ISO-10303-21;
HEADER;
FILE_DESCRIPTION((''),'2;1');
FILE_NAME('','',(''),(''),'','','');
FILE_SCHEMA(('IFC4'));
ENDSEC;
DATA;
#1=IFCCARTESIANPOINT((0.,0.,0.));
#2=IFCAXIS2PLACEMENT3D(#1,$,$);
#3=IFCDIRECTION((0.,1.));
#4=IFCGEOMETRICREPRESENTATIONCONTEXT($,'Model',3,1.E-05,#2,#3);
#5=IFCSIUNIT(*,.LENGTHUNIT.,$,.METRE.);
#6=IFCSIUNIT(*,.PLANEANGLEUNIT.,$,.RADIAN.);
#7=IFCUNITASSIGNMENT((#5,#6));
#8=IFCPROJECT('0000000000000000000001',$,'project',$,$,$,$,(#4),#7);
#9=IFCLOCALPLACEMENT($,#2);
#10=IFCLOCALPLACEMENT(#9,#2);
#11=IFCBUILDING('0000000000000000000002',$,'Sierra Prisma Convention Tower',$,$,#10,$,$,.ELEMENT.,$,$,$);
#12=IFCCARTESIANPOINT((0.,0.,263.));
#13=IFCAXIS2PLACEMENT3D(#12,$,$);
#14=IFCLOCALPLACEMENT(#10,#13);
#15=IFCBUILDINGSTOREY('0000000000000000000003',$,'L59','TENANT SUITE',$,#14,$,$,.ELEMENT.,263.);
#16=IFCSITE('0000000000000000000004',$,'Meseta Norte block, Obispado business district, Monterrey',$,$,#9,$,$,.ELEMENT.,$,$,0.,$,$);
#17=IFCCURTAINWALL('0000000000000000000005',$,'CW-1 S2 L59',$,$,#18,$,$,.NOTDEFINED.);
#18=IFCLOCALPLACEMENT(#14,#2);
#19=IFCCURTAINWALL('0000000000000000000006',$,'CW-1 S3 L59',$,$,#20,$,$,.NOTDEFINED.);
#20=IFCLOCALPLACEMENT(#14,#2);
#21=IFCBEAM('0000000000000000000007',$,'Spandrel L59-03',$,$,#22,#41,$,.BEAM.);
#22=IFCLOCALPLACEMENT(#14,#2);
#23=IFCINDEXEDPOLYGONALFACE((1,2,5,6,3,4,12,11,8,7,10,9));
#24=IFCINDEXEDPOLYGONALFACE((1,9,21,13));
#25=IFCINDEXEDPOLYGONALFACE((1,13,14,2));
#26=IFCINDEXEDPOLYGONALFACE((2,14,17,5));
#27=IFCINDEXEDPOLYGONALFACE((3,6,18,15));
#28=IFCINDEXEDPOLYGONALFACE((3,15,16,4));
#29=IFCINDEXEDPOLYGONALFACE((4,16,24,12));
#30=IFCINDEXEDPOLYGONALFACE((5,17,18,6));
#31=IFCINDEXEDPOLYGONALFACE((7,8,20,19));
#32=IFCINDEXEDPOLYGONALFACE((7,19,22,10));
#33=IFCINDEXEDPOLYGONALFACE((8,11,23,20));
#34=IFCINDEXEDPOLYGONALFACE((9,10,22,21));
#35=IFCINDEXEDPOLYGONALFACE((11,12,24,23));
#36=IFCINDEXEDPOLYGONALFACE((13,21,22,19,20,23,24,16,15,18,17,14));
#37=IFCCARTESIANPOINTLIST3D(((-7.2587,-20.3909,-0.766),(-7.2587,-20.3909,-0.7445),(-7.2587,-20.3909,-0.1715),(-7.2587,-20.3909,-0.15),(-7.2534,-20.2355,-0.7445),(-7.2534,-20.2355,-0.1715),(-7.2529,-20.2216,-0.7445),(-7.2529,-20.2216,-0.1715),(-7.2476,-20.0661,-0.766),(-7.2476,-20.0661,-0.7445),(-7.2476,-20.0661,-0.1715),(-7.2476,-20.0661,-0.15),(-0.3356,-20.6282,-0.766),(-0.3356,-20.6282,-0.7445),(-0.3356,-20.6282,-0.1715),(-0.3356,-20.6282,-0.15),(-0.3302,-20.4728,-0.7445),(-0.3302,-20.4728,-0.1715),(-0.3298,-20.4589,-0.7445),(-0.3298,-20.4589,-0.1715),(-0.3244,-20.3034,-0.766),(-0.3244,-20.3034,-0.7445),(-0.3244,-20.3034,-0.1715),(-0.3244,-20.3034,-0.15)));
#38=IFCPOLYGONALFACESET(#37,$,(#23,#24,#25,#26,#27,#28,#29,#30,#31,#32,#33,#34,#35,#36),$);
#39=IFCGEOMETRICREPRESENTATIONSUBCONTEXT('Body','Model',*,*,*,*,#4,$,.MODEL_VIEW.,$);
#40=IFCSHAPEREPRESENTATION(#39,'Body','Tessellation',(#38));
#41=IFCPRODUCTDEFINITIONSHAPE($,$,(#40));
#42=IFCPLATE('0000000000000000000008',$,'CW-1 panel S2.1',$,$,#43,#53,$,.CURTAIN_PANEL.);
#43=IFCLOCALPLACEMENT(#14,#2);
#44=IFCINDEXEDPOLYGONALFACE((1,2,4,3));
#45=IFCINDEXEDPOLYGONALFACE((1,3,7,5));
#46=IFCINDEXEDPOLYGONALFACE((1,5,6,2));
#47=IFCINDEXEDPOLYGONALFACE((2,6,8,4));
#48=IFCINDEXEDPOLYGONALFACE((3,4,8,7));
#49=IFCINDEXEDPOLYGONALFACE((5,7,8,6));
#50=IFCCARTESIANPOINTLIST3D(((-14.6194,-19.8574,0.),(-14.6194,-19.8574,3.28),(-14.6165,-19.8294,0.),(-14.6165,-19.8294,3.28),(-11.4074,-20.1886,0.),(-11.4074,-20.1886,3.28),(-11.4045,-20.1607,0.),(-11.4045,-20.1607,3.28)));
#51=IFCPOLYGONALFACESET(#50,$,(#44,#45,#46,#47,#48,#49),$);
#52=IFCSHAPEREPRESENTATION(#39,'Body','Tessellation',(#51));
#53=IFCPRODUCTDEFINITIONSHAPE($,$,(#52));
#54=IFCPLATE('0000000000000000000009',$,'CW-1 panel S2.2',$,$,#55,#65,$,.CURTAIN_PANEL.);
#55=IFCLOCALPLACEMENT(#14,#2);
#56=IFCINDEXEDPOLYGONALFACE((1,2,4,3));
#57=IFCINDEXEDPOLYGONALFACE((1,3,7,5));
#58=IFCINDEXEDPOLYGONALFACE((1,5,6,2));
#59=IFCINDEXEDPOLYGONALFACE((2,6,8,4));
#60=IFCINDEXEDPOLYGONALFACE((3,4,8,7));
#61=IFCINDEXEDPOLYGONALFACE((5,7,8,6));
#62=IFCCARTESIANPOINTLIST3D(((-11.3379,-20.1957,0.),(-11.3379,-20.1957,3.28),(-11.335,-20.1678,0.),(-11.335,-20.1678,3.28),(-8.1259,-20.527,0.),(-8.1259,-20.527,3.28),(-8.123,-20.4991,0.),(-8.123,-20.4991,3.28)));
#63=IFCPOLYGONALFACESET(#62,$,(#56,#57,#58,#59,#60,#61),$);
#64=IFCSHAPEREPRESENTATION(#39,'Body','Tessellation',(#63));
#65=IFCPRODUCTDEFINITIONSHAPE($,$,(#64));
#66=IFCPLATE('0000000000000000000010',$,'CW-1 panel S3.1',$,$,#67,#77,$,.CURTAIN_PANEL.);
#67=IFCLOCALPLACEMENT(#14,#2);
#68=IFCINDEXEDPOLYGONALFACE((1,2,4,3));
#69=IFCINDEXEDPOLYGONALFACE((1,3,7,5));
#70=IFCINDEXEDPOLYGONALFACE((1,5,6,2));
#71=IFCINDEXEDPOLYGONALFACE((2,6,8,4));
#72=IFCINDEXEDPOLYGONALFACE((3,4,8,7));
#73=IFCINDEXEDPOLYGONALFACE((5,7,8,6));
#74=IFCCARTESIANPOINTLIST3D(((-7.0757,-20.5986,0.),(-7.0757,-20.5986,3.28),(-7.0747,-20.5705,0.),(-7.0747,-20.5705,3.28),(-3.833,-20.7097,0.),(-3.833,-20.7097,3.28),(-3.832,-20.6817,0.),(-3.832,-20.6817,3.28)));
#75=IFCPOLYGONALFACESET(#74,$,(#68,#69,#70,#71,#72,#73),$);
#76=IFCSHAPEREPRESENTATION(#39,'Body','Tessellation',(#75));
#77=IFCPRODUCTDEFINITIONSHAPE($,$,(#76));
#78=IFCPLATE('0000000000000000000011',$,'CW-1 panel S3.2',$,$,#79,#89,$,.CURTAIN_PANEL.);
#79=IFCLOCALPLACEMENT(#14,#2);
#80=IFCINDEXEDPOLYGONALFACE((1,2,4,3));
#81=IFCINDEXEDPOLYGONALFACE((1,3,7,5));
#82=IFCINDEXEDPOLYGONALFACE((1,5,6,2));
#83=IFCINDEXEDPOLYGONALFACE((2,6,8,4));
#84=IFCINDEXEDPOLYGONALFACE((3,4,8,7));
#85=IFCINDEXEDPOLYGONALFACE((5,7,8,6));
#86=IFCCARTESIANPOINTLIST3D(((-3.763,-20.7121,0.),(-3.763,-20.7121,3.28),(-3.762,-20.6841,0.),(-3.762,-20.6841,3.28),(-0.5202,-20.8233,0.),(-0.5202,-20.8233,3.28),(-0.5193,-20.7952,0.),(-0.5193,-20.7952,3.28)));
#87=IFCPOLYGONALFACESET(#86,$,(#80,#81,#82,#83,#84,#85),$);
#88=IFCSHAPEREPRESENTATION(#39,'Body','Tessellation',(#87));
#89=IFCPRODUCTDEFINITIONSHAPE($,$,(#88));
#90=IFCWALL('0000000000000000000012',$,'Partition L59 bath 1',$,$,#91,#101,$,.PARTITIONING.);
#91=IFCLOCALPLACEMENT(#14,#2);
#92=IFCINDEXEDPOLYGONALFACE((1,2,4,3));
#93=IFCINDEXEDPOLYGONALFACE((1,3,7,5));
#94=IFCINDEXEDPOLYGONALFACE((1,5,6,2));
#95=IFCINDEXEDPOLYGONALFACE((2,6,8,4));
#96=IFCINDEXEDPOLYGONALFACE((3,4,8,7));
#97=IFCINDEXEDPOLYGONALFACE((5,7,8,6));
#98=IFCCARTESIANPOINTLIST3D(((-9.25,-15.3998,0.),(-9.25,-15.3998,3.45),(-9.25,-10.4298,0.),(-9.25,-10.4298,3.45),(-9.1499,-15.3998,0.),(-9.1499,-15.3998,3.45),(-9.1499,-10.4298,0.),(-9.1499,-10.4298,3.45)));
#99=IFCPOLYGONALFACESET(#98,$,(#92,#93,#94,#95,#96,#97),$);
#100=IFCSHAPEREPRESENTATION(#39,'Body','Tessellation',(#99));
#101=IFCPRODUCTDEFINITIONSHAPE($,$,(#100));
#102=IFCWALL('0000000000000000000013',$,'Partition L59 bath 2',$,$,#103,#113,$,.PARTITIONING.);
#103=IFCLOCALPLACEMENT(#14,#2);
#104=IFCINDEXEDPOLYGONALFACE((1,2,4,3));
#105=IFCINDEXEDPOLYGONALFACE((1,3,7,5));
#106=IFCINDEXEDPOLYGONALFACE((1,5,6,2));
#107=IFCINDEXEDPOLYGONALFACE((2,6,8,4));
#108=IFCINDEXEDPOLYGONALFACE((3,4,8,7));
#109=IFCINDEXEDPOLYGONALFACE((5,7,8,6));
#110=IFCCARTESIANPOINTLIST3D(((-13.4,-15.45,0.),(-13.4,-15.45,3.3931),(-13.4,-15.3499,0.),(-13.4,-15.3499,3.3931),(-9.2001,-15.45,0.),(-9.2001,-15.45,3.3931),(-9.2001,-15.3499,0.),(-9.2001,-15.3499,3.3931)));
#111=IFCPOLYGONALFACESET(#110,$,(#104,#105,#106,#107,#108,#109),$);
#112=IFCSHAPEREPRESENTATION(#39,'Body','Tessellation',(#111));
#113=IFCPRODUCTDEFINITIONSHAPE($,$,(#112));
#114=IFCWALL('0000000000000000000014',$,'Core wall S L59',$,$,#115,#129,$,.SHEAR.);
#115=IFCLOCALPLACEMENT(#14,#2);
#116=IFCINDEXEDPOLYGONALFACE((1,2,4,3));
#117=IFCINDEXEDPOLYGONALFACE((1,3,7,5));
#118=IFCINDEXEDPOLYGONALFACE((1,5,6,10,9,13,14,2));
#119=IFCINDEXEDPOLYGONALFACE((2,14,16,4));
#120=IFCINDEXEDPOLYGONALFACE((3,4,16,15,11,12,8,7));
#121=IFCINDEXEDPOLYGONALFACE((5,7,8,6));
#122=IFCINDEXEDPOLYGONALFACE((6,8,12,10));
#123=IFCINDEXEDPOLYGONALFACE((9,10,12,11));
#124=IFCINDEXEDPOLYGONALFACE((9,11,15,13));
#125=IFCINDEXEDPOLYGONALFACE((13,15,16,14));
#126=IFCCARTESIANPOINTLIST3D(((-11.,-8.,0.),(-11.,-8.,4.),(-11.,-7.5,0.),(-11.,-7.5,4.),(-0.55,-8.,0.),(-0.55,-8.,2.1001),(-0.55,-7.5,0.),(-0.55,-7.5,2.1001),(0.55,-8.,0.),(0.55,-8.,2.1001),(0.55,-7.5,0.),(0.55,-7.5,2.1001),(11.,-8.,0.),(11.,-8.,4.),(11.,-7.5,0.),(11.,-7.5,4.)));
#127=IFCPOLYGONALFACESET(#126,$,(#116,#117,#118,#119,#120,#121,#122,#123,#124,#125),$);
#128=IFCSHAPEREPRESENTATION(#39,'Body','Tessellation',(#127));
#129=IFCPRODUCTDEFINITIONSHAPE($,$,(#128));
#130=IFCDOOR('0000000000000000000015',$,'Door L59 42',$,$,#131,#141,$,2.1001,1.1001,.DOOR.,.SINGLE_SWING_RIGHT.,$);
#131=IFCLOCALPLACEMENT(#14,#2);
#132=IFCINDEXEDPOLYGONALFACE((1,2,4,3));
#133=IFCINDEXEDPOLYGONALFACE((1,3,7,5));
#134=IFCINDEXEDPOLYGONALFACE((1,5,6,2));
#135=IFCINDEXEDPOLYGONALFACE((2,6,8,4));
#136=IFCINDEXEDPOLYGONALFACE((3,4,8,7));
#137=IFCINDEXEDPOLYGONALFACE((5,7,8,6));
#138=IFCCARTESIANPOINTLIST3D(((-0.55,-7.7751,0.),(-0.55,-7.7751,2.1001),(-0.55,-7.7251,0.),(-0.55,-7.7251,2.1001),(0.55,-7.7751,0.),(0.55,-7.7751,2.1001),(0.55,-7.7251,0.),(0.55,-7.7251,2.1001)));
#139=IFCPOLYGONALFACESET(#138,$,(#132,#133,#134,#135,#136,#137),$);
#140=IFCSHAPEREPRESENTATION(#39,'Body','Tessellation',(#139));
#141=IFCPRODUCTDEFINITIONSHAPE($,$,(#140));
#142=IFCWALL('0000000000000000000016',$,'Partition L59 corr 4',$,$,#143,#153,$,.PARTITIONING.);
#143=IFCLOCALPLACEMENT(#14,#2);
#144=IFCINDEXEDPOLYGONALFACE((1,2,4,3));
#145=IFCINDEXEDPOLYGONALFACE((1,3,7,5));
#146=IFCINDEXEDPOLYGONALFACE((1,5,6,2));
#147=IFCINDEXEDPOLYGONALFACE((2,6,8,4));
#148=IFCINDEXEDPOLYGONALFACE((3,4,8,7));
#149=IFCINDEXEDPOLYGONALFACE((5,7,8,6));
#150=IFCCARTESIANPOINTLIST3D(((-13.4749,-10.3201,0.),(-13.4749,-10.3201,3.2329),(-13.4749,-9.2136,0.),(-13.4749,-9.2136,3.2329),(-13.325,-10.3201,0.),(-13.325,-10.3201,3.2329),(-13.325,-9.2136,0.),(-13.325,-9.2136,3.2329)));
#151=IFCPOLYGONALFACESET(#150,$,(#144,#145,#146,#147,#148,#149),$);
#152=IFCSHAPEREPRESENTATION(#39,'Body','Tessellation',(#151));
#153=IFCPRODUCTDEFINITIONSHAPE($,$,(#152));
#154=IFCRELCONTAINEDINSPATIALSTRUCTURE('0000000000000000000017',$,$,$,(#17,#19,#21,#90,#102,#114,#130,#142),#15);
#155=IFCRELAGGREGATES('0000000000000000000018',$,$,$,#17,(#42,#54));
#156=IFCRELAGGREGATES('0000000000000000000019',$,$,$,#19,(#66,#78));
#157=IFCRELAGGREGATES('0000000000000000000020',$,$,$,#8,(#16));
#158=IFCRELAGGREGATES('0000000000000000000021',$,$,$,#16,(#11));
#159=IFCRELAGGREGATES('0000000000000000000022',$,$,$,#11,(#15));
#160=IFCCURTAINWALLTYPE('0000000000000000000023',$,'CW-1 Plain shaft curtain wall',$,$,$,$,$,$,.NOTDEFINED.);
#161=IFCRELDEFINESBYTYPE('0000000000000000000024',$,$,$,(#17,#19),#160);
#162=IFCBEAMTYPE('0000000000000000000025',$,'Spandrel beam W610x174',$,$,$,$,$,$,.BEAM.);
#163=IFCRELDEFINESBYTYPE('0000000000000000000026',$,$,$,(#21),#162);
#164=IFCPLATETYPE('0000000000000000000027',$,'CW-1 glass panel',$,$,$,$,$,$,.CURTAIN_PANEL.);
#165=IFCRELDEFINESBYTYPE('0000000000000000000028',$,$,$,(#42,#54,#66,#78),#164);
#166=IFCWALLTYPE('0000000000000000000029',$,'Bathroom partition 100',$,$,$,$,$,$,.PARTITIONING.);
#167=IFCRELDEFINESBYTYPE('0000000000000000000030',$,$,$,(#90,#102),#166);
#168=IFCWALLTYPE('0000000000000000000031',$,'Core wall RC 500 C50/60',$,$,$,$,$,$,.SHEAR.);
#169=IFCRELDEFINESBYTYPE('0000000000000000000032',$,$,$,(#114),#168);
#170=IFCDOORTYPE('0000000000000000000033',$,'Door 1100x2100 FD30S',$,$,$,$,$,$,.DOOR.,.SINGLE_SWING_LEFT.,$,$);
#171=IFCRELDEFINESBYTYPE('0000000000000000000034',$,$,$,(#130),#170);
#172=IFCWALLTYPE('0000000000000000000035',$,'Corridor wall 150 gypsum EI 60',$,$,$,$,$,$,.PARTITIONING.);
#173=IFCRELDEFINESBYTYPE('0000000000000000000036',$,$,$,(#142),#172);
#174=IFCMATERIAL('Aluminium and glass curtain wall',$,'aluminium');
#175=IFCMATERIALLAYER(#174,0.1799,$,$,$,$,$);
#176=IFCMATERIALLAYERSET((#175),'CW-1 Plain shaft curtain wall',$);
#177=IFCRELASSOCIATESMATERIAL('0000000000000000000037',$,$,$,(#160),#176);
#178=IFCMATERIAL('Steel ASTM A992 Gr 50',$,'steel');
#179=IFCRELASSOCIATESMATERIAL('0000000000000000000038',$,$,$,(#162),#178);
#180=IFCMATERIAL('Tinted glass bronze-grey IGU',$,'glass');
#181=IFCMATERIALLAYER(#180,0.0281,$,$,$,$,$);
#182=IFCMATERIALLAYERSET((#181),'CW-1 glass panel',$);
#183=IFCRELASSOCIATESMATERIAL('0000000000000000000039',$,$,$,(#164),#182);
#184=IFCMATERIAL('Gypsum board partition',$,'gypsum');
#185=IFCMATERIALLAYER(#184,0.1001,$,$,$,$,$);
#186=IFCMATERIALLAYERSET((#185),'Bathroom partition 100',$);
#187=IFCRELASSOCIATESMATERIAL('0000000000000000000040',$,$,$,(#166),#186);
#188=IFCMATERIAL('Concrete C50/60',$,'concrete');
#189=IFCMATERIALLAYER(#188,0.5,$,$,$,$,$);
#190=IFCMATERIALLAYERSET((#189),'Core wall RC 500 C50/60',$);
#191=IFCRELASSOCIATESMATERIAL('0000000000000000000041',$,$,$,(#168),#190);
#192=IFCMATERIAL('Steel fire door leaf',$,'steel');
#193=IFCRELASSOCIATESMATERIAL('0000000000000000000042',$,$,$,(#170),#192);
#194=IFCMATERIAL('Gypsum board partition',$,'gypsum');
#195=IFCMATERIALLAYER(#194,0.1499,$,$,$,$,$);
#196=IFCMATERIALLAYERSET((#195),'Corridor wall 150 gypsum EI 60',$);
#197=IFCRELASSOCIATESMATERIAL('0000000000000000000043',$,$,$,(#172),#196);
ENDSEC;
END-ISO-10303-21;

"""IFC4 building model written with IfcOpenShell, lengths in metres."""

from ifc_helpers import new_model, si_unit, direction, frame, frame_2d, origin, origin_2d, place, context, subcontext, project, spatial, rectangle, i_section, extrude, material, layer, layer_set, material_profile, profile_set, type_object, element, fill, aggregate, save


model = new_model("IFC4")

# Units and contexts
model_context = context("Model", 3, precision=1e-05, world=origin(), true_north=direction((0.0, 1.0)))
body_context = subcontext(model_context, "Body", "Model", "MODEL_VIEW")
ifc_project = project(units=[si_unit("LENGTHUNIT", "METRE"), si_unit("PLANEANGLEUNIT", "RADIAN")], contexts=[model_context])

# Site, building, storey
site_placement = place(None, origin())
site = spatial("IfcSite", under=ifc_project, at=site_placement, Name="Meseta Norte block, Obispado business district, Monterrey", CompositionType="ELEMENT", RefElevation=0.0)
building_placement = place(site_placement, origin())
building = spatial("IfcBuilding", under=site, at=building_placement, Name="Sierra Prisma Convention Tower", CompositionType="ELEMENT")
storey_placement = place(building_placement, frame((0.0, 0.0, 263.0)))
storey = spatial("IfcBuildingStorey", under=building, at=storey_placement, Name="L59", Description="TENANT SUITE", CompositionType="ELEMENT", Elevation=263.0)

# Curtain wall
ifc_material_1 = material(Name="Aluminium and glass curtain wall", Category="aluminium")
ifc_layer_1 = layer(ifc_material_1, 0.1799)
ifc_layer_set_1 = layer_set([ifc_layer_1], Name="CW-1 Plain shaft curtain wall")
curtain_wall_type = type_object("IfcCurtainWallType", Name="CW-1 Plain shaft curtain wall", PredefinedType="NOTDEFINED", material=ifc_layer_set_1)
curtain_wall_1_placement = place(storey_placement, origin())
curtain_wall_1 = element("IfcCurtainWall", 1, at=curtain_wall_1_placement, inside=storey, type_object=curtain_wall_type, Name="CW-1 S2 L59", PredefinedType="NOTDEFINED")

# Curtain wall
curtain_wall_2_placement = place(storey_placement, origin())
curtain_wall_2 = element("IfcCurtainWall", 2, at=curtain_wall_2_placement, inside=storey, type_object=curtain_wall_type, Name="CW-1 S3 L59", PredefinedType="NOTDEFINED")

# Beam
ifc_material_2 = material(Name="Steel ASTM A992 Gr 50", Category="steel")
ifc_material_profile_1 = material_profile(ifc_material_2, i_section(OverallWidth=0.325, OverallDepth=0.616, WebThickness=0.0139, FlangeThickness=0.0215, at=origin_2d()), Name="W610x174")
ifc_profile_set_1 = profile_set([ifc_material_profile_1], Name="Steel ASTM A992 Gr 50")
beam_type_1 = type_object("IfcBeamType", Name="Spandrel beam W610x174", PredefinedType="BEAM", material=ifc_profile_set_1)
beam_1_placement = place(storey_placement, frame((-7.2532, -20.2285, -0.458), z_axis=(0.999413, -0.034257, 0.0), x_axis=(0.034257, 0.999413, 0.0)))
element("IfcBeam", 3, at=beam_1_placement, inside=storey, type_object=beam_type_1, Name="Spandrel L59-03", PredefinedType="BEAM", context=body_context, shape_type="SweptSolid", body=[
    extrude(i_section(OverallWidth=0.325, OverallDepth=0.616, WebThickness=0.0139, FlangeThickness=0.0215, at=origin_2d()), origin(), (0.0, 0.0, 1.0), 6.9272),
])

# Plates
ifc_material_3 = material(Name="Tinted glass bronze-grey IGU", Category="glass")
ifc_layer_2 = layer(ifc_material_3, 0.0281)
ifc_layer_set_2 = layer_set([ifc_layer_2], Name="CW-1 glass panel")
plate_type = type_object("IfcPlateType", Name="CW-1 glass panel", PredefinedType="CURTAIN_PANEL", material=ifc_layer_set_2)
plate_1_placement = place(storey_placement, frame((-13.012, -20.009, 0.0), z_axis=(0.0, 0.0, 1.0), x_axis=(0.994723, -0.102598, 0.0)))
plate_1 = element("IfcPlate", 4, at=plate_1_placement, type_object=plate_type, Name="CW-1 panel S2.1", PredefinedType="CURTAIN_PANEL", context=body_context, shape_type="SweptSolid", body=[
    extrude(rectangle(XDim=3.229, YDim=0.0281, at=origin_2d()), origin(), (0.0, 0.0, 1.0), 3.28),
])
plate_2_placement = place(storey_placement, frame((-9.7305, -20.3474, 0.0), z_axis=(0.0, 0.0, 1.0), x_axis=(0.994723, -0.102598, 0.0)))
plate_2 = element("IfcPlate", 5, at=plate_2_placement, type_object=plate_type, Name="CW-1 panel S2.2", PredefinedType="CURTAIN_PANEL", context=body_context, shape_type="SweptSolid", body=[
    extrude(rectangle(XDim=3.229, YDim=0.0281, at=origin_2d()), origin(), (0.0, 0.0, 1.0), 3.28),
])
aggregate(curtain_wall_1, [plate_1, plate_2])
plate_3_placement = place(storey_placement, frame((-5.4539, -20.6401, 0.0), z_axis=(0.0, 0.0, 1.0), x_axis=(0.999413, -0.034253, 0.0)))
plate_3 = element("IfcPlate", 6, at=plate_3_placement, type_object=plate_type, Name="CW-1 panel S3.1", PredefinedType="CURTAIN_PANEL", context=body_context, shape_type="SweptSolid", body=[
    extrude(rectangle(XDim=3.2446, YDim=0.0281, at=origin_2d()), origin(), (0.0, 0.0, 1.0), 3.28),
])
plate_4_placement = place(storey_placement, frame((-2.1411, -20.7537, 0.0), z_axis=(0.0, 0.0, 1.0), x_axis=(0.999413, -0.034253, 0.0)))
plate_4 = element("IfcPlate", 7, at=plate_4_placement, type_object=plate_type, Name="CW-1 panel S3.2", PredefinedType="CURTAIN_PANEL", context=body_context, shape_type="SweptSolid", body=[
    extrude(rectangle(XDim=3.2446, YDim=0.0281, at=origin_2d()), origin(), (0.0, 0.0, 1.0), 3.28),
])
aggregate(curtain_wall_2, [plate_3, plate_4])

# Walls
ifc_material_4 = material(Name="Gypsum board partition", Category="gypsum")
ifc_layer_3 = layer(ifc_material_4, 0.1001)
ifc_layer_set_3 = layer_set([ifc_layer_3], Name="Bathroom partition 100")
wall_type_1 = type_object("IfcWallType", Name="Bathroom partition 100", PredefinedType="PARTITIONING", material=ifc_layer_set_3)
wall_1_placement = place(storey_placement, frame((-9.2, -10.4299, 0.0), z_axis=(0.0, 0.0, 1.0), x_axis=(0.0, -1.0, 0.0)))
element("IfcWall", 8, at=wall_1_placement, inside=storey, type_object=wall_type_1, Name="Partition L59 bath 1", PredefinedType="PARTITIONING", context=body_context, shape_type="SweptSolid", body=[
    extrude(rectangle(XDim=4.97, YDim=0.1001, at=frame_2d((2.4849, 0.0))), origin(), (0.0, 0.0, 1.0), 3.45),
])
wall_2_placement = place(storey_placement, frame((-9.2, -15.3999, 0.0), z_axis=(0.0, 0.0, 1.0), x_axis=(-1.0, 0.0, 0.0)))
element("IfcWall", 9, at=wall_2_placement, inside=storey, type_object=wall_type_1, Name="Partition L59 bath 2", PredefinedType="PARTITIONING", context=body_context, shape_type="SweptSolid", body=[
    extrude(rectangle(XDim=4.2, YDim=0.1001, at=frame_2d((2.1001, 0.0))), origin(), (0.0, 0.0, 1.0), 3.3931),
])

# Wall, opening, door
ifc_material_5 = material(Name="Concrete C50/60", Category="concrete")
ifc_layer_4 = layer(ifc_material_5, 0.5)
ifc_layer_set_4 = layer_set([ifc_layer_4], Name="Core wall RC 500 C50/60")
wall_type_2 = type_object("IfcWallType", Name="Core wall RC 500 C50/60", PredefinedType="SHEAR", material=ifc_layer_set_4)
wall_3_placement = place(storey_placement, frame((-11.0, -7.75, 0.0), z_axis=(0.0, 0.0, 1.0), x_axis=(1.0, 0.0, 0.0)))
wall_3 = element("IfcWall", 10, at=wall_3_placement, inside=storey, type_object=wall_type_2, Name="Core wall S L59", PredefinedType="SHEAR", context=body_context, shape_type="SweptSolid", body=[
    extrude(rectangle(XDim=22.0, YDim=0.5, at=frame_2d((11.0, 0.0))), origin(), (0.0, 0.0, 1.0), 4.0),
])
opening_1_placement = place(wall_3_placement, frame((10.45, 0.0, 0.0)))
opening_1 = element("IfcOpeningElement", 11, at=opening_1_placement, cuts=wall_3, PredefinedType="OPENING", context=body_context, shape_type="SweptSolid", body=[
    extrude(rectangle(XDim=1.1001, YDim=2.1001, at=frame_2d((0.55, 1.05))), frame((0.0, 0.25, 0.0), z_axis=(0.0, -1.0, 0.0), x_axis=(1.0, 0.0, 0.0)), (0.0, 0.0, 1.0), 0.5),
])
ifc_material_6 = material(Name="Steel fire door leaf", Category="steel")
door_type_1 = type_object("IfcDoorType", Name="Door 1100x2100 FD30S", OperationType="SINGLE_SWING_LEFT", PredefinedType="DOOR", material=ifc_material_6)
door_1_placement = place(opening_1_placement, origin())
door_1 = element("IfcDoor", 12, at=door_1_placement, inside=storey, type_object=door_type_1, Name="Door L59 42", OperationType="SINGLE_SWING_RIGHT", OverallHeight=2.1001, OverallWidth=1.1001, PredefinedType="DOOR", context=body_context, shape_type="SweptSolid", body=[
    extrude(rectangle(XDim=1.1001, YDim=2.1001, at=frame_2d((0.55, 1.05))), frame((0.0, 0.0249, 0.0), z_axis=(0.0, -1.0, 0.0), x_axis=(1.0, 0.0, 0.0)), (0.0, 0.0, 1.0), 0.05),
])
fill(opening_1, door_1)

# Wall
ifc_material_7 = material(Name="Gypsum board partition", Category="gypsum")
ifc_layer_5 = layer(ifc_material_7, 0.1499)
ifc_layer_set_5 = layer_set([ifc_layer_5], Name="Corridor wall 150 gypsum EI 60")
wall_type_3 = type_object("IfcWallType", Name="Corridor wall 150 gypsum EI 60", PredefinedType="PARTITIONING", material=ifc_layer_set_5)
wall_4_placement = place(storey_placement, frame((-13.3999, -9.2136, 0.0), z_axis=(0.0, 0.0, 1.0), x_axis=(0.0, -1.0, 0.0)))
element("IfcWall", 13, at=wall_4_placement, inside=storey, type_object=wall_type_3, Name="Partition L59 corr 4", PredefinedType="PARTITIONING", context=body_context, shape_type="SweptSolid", body=[
    extrude(rectangle(XDim=1.1064, YDim=0.1499, at=frame_2d((0.5532, 0.0))), origin(), (0.0, 0.0, 1.0), 3.2329),
])

save(model, "model.ifc")
